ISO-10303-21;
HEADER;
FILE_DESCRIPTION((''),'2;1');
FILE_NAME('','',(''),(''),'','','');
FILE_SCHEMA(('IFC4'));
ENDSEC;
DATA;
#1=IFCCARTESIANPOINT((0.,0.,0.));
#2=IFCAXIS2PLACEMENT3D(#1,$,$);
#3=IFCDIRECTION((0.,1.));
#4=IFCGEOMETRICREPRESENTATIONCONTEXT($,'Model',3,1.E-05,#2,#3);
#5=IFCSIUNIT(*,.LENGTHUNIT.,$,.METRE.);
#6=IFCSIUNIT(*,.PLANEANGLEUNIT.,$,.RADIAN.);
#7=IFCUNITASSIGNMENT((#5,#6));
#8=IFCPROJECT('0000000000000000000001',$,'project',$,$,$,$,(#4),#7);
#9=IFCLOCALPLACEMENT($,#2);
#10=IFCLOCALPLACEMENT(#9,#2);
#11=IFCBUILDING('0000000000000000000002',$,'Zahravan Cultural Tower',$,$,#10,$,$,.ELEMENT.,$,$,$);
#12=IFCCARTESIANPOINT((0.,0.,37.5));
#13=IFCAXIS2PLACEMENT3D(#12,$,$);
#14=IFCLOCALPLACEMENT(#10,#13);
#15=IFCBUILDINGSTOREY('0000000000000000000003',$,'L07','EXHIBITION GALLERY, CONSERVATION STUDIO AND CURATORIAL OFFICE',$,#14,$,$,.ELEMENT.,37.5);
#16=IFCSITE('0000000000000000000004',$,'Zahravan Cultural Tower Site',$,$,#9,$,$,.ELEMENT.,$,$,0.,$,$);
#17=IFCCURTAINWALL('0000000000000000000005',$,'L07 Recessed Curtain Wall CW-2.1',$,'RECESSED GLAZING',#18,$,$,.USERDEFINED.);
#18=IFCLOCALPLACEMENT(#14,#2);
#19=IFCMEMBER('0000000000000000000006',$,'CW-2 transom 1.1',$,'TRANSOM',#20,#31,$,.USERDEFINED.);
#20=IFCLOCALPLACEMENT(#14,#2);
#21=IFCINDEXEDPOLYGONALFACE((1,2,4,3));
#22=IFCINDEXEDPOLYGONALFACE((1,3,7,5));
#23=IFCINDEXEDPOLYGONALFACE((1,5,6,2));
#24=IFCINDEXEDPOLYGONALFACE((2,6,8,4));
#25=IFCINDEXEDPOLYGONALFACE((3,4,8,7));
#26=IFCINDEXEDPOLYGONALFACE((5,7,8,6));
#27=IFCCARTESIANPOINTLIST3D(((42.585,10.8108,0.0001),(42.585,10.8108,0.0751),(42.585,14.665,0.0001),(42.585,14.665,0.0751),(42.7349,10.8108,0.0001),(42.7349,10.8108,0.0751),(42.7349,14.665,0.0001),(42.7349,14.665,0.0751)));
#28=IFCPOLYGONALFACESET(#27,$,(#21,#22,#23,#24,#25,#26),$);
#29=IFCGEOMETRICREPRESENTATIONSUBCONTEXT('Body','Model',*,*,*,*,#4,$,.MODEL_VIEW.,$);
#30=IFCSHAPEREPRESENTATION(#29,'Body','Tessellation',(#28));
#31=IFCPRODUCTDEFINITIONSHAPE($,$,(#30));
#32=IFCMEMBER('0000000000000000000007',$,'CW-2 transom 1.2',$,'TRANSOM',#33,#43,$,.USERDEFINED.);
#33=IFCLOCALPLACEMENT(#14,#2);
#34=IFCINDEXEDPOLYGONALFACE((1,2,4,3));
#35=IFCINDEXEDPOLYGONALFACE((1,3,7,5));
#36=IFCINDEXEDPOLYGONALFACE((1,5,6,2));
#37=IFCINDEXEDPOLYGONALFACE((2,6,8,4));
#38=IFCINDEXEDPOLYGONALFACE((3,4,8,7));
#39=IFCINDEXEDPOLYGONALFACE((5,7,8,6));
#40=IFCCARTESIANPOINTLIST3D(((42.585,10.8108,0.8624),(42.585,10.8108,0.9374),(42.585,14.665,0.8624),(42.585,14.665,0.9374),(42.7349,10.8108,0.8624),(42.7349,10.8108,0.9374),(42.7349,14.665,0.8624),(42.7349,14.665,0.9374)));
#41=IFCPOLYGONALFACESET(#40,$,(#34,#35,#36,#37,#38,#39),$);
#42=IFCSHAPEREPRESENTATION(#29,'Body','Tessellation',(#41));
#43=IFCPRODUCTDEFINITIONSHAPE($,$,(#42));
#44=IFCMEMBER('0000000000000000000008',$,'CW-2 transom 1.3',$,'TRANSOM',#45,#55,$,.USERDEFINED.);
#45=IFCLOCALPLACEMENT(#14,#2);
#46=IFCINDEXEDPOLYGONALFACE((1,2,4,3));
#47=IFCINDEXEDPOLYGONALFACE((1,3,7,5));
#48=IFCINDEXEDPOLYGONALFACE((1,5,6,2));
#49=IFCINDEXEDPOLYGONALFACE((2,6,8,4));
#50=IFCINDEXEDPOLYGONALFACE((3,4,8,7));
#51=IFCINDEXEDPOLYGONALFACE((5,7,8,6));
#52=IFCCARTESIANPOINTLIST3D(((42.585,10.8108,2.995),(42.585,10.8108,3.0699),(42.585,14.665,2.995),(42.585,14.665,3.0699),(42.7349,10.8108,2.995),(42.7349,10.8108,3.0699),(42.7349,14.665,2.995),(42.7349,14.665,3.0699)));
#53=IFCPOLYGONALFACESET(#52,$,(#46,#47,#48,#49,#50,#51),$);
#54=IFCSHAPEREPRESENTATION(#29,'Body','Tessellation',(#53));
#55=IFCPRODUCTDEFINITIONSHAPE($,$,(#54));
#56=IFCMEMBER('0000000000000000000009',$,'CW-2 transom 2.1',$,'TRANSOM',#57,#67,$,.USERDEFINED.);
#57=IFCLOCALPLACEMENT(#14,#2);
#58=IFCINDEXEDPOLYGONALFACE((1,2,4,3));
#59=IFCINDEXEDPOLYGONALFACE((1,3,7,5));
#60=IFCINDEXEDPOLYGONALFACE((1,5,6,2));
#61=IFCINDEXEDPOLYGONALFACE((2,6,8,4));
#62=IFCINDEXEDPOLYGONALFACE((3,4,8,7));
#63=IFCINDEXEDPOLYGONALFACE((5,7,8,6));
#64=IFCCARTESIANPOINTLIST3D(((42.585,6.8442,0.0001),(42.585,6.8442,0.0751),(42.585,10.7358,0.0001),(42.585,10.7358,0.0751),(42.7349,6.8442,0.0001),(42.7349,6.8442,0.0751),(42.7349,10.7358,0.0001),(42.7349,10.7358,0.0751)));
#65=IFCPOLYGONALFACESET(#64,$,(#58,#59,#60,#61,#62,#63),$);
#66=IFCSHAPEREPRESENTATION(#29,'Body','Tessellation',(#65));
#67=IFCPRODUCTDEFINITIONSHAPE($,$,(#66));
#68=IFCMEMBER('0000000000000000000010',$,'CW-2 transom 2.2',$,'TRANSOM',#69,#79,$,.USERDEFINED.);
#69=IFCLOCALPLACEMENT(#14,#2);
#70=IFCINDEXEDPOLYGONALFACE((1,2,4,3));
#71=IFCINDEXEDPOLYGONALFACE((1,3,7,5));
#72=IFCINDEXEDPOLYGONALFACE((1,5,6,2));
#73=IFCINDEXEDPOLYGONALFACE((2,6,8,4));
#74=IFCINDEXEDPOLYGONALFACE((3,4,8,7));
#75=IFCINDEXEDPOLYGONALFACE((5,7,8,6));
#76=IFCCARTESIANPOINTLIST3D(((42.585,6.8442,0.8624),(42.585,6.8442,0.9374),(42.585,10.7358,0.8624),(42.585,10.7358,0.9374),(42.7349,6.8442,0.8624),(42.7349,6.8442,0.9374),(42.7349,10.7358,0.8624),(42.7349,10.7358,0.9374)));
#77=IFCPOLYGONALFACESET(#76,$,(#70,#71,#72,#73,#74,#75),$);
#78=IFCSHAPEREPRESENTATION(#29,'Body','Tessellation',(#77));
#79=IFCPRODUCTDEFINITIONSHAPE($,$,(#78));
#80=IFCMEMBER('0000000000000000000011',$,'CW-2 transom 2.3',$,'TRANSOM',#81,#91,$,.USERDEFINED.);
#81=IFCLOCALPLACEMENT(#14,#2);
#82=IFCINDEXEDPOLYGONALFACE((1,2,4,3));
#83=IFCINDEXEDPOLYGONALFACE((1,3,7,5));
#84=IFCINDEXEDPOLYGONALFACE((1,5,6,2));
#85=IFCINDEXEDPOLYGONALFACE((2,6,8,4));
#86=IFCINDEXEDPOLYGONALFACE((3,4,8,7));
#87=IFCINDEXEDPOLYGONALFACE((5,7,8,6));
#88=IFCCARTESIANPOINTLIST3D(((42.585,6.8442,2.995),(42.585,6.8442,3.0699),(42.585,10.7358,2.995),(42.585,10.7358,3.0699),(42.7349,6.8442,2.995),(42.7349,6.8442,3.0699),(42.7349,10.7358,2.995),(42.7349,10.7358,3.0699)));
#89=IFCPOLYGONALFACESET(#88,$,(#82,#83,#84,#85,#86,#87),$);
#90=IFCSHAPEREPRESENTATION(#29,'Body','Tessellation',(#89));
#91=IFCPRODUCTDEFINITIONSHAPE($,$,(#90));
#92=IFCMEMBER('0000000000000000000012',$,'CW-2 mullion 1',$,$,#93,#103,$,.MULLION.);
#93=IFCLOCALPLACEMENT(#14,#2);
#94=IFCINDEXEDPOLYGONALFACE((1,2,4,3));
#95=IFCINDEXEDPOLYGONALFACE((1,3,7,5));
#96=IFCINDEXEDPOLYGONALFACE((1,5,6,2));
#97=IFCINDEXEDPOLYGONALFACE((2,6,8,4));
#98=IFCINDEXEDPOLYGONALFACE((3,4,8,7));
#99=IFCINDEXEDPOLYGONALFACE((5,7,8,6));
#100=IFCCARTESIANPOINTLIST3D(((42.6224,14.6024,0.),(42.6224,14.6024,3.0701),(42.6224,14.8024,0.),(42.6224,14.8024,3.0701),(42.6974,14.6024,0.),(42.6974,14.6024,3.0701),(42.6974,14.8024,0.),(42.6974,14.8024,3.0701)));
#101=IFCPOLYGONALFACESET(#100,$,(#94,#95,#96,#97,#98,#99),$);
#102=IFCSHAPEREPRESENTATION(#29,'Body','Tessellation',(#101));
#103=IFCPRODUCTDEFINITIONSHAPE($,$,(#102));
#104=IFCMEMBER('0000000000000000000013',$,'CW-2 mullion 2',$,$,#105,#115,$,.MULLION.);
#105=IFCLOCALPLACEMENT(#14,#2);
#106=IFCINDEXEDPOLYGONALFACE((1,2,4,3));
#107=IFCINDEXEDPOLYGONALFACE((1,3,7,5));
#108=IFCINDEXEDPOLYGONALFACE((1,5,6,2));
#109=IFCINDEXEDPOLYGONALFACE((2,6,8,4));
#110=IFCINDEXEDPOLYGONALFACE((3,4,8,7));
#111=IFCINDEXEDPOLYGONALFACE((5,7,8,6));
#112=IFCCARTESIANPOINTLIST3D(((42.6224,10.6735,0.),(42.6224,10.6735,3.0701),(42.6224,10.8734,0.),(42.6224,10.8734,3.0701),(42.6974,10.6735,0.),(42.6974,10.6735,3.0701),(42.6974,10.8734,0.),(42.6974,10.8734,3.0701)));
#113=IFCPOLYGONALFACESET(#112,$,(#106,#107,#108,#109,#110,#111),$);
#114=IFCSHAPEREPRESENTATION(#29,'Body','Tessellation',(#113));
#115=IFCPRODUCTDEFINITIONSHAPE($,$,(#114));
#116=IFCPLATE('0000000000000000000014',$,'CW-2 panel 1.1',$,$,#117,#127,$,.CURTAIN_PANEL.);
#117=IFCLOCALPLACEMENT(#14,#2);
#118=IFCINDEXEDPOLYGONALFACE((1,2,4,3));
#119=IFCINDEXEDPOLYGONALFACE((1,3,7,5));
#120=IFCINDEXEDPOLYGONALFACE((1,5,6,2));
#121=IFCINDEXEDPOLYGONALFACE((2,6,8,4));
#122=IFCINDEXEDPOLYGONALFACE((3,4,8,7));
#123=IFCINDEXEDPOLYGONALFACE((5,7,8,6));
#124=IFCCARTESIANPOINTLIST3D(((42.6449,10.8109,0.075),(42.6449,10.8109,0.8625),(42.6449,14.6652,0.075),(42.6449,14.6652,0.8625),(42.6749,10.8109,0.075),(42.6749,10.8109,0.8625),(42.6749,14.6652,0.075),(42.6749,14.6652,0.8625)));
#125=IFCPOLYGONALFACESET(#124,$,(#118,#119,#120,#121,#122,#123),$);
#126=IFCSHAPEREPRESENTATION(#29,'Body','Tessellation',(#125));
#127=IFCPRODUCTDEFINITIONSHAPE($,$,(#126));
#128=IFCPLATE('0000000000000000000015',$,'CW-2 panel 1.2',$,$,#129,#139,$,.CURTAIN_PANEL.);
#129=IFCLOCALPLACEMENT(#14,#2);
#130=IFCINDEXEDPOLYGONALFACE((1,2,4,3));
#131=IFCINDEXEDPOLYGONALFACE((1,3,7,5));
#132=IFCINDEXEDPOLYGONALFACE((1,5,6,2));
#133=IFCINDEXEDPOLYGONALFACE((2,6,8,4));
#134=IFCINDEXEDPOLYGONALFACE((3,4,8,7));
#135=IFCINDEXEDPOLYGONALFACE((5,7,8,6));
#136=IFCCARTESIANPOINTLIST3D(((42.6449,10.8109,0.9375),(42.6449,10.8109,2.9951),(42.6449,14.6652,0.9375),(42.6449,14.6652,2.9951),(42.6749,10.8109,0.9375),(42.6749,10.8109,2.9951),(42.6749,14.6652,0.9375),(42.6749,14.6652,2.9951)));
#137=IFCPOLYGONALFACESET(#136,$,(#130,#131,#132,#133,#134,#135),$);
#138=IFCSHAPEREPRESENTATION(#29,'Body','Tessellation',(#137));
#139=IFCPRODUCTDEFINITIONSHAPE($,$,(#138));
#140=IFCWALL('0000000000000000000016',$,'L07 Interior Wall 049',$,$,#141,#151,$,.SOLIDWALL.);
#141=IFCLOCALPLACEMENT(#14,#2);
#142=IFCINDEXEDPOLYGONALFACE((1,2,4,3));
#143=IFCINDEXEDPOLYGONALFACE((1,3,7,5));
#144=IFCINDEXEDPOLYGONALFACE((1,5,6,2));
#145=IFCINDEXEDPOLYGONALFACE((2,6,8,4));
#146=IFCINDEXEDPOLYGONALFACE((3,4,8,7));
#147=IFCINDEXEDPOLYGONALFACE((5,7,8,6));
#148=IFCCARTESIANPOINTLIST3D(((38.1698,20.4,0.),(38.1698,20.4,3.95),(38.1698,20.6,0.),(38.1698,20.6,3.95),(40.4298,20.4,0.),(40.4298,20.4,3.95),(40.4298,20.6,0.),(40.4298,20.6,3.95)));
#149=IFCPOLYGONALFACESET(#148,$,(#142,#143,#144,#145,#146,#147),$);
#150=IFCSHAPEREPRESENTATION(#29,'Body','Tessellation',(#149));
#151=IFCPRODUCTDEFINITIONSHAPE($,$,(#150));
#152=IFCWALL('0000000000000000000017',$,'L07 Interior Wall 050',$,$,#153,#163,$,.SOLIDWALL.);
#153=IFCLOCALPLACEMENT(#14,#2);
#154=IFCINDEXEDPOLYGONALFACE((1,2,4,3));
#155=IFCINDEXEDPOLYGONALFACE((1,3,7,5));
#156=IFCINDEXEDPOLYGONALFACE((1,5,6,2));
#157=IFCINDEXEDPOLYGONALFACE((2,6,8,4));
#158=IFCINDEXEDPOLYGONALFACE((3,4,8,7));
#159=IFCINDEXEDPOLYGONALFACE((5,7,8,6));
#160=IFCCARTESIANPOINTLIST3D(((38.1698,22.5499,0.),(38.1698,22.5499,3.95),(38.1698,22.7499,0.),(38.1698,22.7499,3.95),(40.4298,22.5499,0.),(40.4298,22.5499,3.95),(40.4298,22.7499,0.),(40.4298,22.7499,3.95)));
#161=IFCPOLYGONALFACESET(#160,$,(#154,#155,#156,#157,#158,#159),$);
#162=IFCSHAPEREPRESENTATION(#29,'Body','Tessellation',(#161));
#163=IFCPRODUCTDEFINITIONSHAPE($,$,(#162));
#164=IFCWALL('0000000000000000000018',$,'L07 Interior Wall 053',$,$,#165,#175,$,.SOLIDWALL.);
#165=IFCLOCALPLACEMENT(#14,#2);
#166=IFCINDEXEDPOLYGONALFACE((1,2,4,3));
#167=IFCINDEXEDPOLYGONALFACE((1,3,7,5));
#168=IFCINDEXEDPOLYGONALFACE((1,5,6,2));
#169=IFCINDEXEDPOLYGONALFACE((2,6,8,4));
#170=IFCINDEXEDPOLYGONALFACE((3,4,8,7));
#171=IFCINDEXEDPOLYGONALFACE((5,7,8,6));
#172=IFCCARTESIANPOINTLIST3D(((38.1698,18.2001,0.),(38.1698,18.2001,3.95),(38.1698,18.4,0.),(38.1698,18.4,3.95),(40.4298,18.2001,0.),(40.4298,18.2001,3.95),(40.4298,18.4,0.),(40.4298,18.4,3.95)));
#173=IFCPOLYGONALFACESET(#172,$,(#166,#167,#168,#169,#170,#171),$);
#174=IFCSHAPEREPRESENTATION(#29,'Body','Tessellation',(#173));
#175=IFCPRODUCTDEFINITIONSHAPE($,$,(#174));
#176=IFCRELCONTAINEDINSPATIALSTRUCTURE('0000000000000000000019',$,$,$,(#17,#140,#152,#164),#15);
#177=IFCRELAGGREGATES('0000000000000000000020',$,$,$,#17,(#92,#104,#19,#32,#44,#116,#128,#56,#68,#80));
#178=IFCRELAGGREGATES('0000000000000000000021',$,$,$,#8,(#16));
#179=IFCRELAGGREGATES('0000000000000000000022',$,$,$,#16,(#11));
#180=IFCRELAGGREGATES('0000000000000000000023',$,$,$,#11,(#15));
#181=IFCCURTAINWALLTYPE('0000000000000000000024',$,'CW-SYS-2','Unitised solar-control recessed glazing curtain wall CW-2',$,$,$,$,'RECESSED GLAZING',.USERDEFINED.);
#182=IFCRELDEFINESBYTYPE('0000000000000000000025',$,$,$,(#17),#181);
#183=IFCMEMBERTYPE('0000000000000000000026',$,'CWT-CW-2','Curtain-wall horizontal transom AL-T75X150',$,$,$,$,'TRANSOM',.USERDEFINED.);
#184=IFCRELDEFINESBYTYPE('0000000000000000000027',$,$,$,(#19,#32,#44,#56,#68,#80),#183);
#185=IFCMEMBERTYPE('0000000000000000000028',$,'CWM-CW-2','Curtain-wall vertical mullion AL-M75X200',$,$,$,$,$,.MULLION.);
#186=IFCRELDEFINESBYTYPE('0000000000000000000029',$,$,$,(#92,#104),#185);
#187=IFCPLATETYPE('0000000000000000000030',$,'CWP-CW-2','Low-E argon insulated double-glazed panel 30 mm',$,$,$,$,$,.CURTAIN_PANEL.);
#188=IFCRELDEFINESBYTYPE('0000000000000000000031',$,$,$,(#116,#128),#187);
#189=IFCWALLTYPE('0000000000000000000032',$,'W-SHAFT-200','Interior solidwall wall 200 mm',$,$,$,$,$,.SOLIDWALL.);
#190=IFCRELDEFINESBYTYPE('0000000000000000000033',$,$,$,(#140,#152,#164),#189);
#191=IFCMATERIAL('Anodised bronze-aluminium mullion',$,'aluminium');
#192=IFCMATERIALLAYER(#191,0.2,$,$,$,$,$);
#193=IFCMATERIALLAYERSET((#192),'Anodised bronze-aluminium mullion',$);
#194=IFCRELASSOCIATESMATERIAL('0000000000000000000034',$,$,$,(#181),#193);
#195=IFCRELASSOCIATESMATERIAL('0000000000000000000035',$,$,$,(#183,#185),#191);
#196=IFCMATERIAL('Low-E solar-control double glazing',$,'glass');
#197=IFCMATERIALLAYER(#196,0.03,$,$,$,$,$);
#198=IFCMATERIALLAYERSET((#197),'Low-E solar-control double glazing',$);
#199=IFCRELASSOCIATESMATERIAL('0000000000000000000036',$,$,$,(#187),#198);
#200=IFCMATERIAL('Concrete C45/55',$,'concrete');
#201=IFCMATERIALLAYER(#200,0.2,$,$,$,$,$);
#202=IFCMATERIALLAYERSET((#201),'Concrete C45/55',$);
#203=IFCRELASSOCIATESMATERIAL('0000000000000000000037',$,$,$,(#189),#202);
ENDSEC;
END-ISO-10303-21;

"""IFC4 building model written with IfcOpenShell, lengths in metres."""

from ifc_helpers import new_model, si_unit, direction, frame, frame_2d, origin, origin_2d, place, context, subcontext, project, spatial, rectangle, extrude, source, transform, mapped, material, layer, layer_set, material_profile, profile_set, type_object, element, aggregate, save


model = new_model("IFC4")

# Units and contexts
model_context = context("Model", 3, precision=1e-05, world=origin(), true_north=direction((0.0, 1.0)))
body_context = subcontext(model_context, "Body", "Model", "MODEL_VIEW")
ifc_project = project(units=[si_unit("LENGTHUNIT", "METRE"), si_unit("PLANEANGLEUNIT", "RADIAN")], contexts=[model_context])

# Site, building, storey
site_placement = place(None, origin())
site = spatial("IfcSite", under=ifc_project, at=site_placement, Name="Zahravan Cultural Tower Site", CompositionType="ELEMENT", RefElevation=0.0)
building_placement = place(site_placement, origin())
building = spatial("IfcBuilding", under=site, at=building_placement, Name="Zahravan Cultural Tower", CompositionType="ELEMENT")
storey_placement = place(building_placement, frame((0.0, 0.0, 37.5)))
storey = spatial("IfcBuildingStorey", under=building, at=storey_placement, Name="L07", Description="EXHIBITION GALLERY, CONSERVATION STUDIO AND CURATORIAL OFFICE", CompositionType="ELEMENT", Elevation=37.5)

# Curtain wall, members, plates
ifc_material_1 = material(Name="Anodised bronze-aluminium mullion", Category="aluminium")
ifc_layer_1 = layer(ifc_material_1, 0.2)
ifc_layer_set_1 = layer_set([ifc_layer_1], Name="Anodised bronze-aluminium mullion")
curtain_wall_type = type_object("IfcCurtainWallType", Name="CW-SYS-2", Description="Unitised solar-control recessed glazing curtain wall CW-2", ElementType="RECESSED GLAZING", PredefinedType="USERDEFINED", material=ifc_layer_set_1)
curtain_wall_placement = place(storey_placement, origin())
curtain_wall = element("IfcCurtainWall", 1, at=curtain_wall_placement, inside=storey, type_object=curtain_wall_type, Name="L07 Recessed Curtain Wall CW-2.1", ObjectType="RECESSED GLAZING", PredefinedType="USERDEFINED")
ifc_material_profile_1 = material_profile(ifc_material_1, rectangle(XDim=0.1499, YDim=0.075, at=origin_2d()), Name="AL-T75X150")
ifc_profile_set_1 = profile_set([ifc_material_profile_1], Name="Anodised bronze-aluminium mullion")
member_type_1 = type_object("IfcMemberType", Name="CWT-CW-2", Description="Curtain-wall horizontal transom AL-T75X150", ElementType="TRANSOM", PredefinedType="USERDEFINED", material=ifc_profile_set_1)
shared_shape_1 = source(origin(), body_context, "Body", "SweptSolid", [
    extrude(rectangle(XDim=0.1499, YDim=0.075, at=origin_2d()), origin(), (0.0, 0.0, 1.0), 3.8542),
])
member_1_placement = place(storey_placement, frame((42.6599, 14.665, 0.0376), z_axis=(0.0, -1.0, 0.0), x_axis=(1.0, 0.0, 0.0)))
member_1 = element("IfcMember", 2, at=member_1_placement, type_object=member_type_1, Name="CW-2 transom 1.1", ObjectType="TRANSOM", PredefinedType="USERDEFINED", context=body_context, shape_type="MappedRepresentation", body=[
    mapped(shared_shape_1, transform((0.0, 0.0, 0.0), x_axis=(1.0, 0.0, 0.0), y_axis=(0.0, 1.0, 0.0), z_axis=(0.0, 0.0, 1.0), scale=1.0)),
])
member_2_placement = place(storey_placement, frame((42.6599, 14.665, 0.8999), z_axis=(0.0, -1.0, 0.0), x_axis=(1.0, 0.0, 0.0)))
member_2 = element("IfcMember", 3, at=member_2_placement, type_object=member_type_1, Name="CW-2 transom 1.2", ObjectType="TRANSOM", PredefinedType="USERDEFINED", context=body_context, shape_type="MappedRepresentation", body=[
    mapped(shared_shape_1, transform((0.0, 0.0, 0.0), x_axis=(1.0, 0.0, 0.0), y_axis=(0.0, 1.0, 0.0), z_axis=(0.0, 0.0, 1.0), scale=1.0)),
])
member_3_placement = place(storey_placement, frame((42.6599, 14.665, 3.0325), z_axis=(0.0, -1.0, 0.0), x_axis=(1.0, 0.0, 0.0)))
member_3 = element("IfcMember", 4, at=member_3_placement, type_object=member_type_1, Name="CW-2 transom 1.3", ObjectType="TRANSOM", PredefinedType="USERDEFINED", context=body_context, shape_type="MappedRepresentation", body=[
    mapped(shared_shape_1, transform((0.0, 0.0, 0.0), x_axis=(1.0, 0.0, 0.0), y_axis=(0.0, 1.0, 0.0), z_axis=(0.0, 0.0, 1.0), scale=1.0)),
])
shared_shape_2 = source(origin(), body_context, "Body", "SweptSolid", [
    extrude(rectangle(XDim=0.1499, YDim=0.075, at=origin_2d()), origin(), (0.0, 0.0, 1.0), 3.8916),
])
member_4_placement = place(storey_placement, frame((42.6599, 10.7358, 0.0376), z_axis=(0.0, -1.0, 0.0), x_axis=(1.0, 0.0, 0.0)))
member_4 = element("IfcMember", 5, at=member_4_placement, type_object=member_type_1, Name="CW-2 transom 2.1", ObjectType="TRANSOM", PredefinedType="USERDEFINED", context=body_context, shape_type="MappedRepresentation", body=[
    mapped(shared_shape_2, transform((0.0, 0.0, 0.0), x_axis=(1.0, 0.0, 0.0), y_axis=(0.0, 1.0, 0.0), z_axis=(0.0, 0.0, 1.0), scale=1.0)),
])
member_5_placement = place(storey_placement, frame((42.6599, 10.7358, 0.8999), z_axis=(0.0, -1.0, 0.0), x_axis=(1.0, 0.0, 0.0)))
member_5 = element("IfcMember", 6, at=member_5_placement, type_object=member_type_1, Name="CW-2 transom 2.2", ObjectType="TRANSOM", PredefinedType="USERDEFINED", context=body_context, shape_type="MappedRepresentation", body=[
    mapped(shared_shape_2, transform((0.0, 0.0, 0.0), x_axis=(1.0, 0.0, 0.0), y_axis=(0.0, 1.0, 0.0), z_axis=(0.0, 0.0, 1.0), scale=1.0)),
])
member_6_placement = place(storey_placement, frame((42.6599, 10.7358, 3.0325), z_axis=(0.0, -1.0, 0.0), x_axis=(1.0, 0.0, 0.0)))
member_6 = element("IfcMember", 7, at=member_6_placement, type_object=member_type_1, Name="CW-2 transom 2.3", ObjectType="TRANSOM", PredefinedType="USERDEFINED", context=body_context, shape_type="MappedRepresentation", body=[
    mapped(shared_shape_2, transform((0.0, 0.0, 0.0), x_axis=(1.0, 0.0, 0.0), y_axis=(0.0, 1.0, 0.0), z_axis=(0.0, 0.0, 1.0), scale=1.0)),
])
ifc_material_profile_2 = material_profile(ifc_material_1, rectangle(XDim=0.075, YDim=0.2, at=origin_2d()), Name="AL-M75X200")
ifc_profile_set_2 = profile_set([ifc_material_profile_2], Name="Anodised bronze-aluminium mullion")
member_type_2 = type_object("IfcMemberType", Name="CWM-CW-2", Description="Curtain-wall vertical mullion AL-M75X200", PredefinedType="MULLION", material=ifc_profile_set_2)
shared_shape_3 = source(origin(), body_context, "Body", "SweptSolid", [
    extrude(rectangle(XDim=0.075, YDim=0.2, at=origin_2d()), origin(), (0.0, 0.0, 1.0), 3.0701),
])
member_7_placement = place(storey_placement, frame((42.6599, 14.7024, 0.0), z_axis=(0.0, 0.0, 1.0), x_axis=(1.0, 0.0, 0.0)))
member_7 = element("IfcMember", 8, at=member_7_placement, type_object=member_type_2, Name="CW-2 mullion 1", PredefinedType="MULLION", context=body_context, shape_type="MappedRepresentation", body=[
    mapped(shared_shape_3, transform((0.0, 0.0, 0.0), x_axis=(1.0, 0.0, 0.0), y_axis=(0.0, 1.0, 0.0), z_axis=(0.0, 0.0, 1.0), scale=1.0)),
])
member_8_placement = place(storey_placement, frame((42.6599, 10.7734, 0.0), z_axis=(0.0, 0.0, 1.0), x_axis=(1.0, 0.0, 0.0)))
member_8 = element("IfcMember", 9, at=member_8_placement, type_object=member_type_2, Name="CW-2 mullion 2", PredefinedType="MULLION", context=body_context, shape_type="MappedRepresentation", body=[
    mapped(shared_shape_3, transform((0.0, 0.0, 0.0), x_axis=(1.0, 0.0, 0.0), y_axis=(0.0, 1.0, 0.0), z_axis=(0.0, 0.0, 1.0), scale=1.0)),
])
ifc_material_2 = material(Name="Low-E solar-control double glazing", Category="glass")
ifc_layer_2 = layer(ifc_material_2, 0.03)
ifc_layer_set_2 = layer_set([ifc_layer_2], Name="Low-E solar-control double glazing")
plate_type = type_object("IfcPlateType", Name="CWP-CW-2", Description="Low-E argon insulated double-glazed panel 30 mm", PredefinedType="CURTAIN_PANEL", material=ifc_layer_set_2)
shared_shape_4 = source(origin(), body_context, "Body", "SweptSolid", [
    extrude(rectangle(XDim=3.8542, YDim=0.03, at=origin_2d()), origin(), (0.0, 0.0, 1.0), 0.7876),
])
plate_1_placement = place(storey_placement, frame((42.6599, 12.738, 0.075), z_axis=(0.0, 0.0, 1.0), x_axis=(0.0, -1.0, 0.0)))
plate_1 = element("IfcPlate", 10, at=plate_1_placement, type_object=plate_type, Name="CW-2 panel 1.1", PredefinedType="CURTAIN_PANEL", context=body_context, shape_type="MappedRepresentation", body=[
    mapped(shared_shape_4, transform((0.0, 0.0, 0.0), x_axis=(1.0, 0.0, 0.0), y_axis=(0.0, 1.0, 0.0), z_axis=(0.0, 0.0, 1.0), scale=1.0)),
])
shared_shape_5 = source(origin(), body_context, "Body", "SweptSolid", [
    extrude(rectangle(XDim=3.8542, YDim=0.03, at=origin_2d()), origin(), (0.0, 0.0, 1.0), 2.0576),
])
plate_2_placement = place(storey_placement, frame((42.6599, 12.738, 0.9375), z_axis=(0.0, 0.0, 1.0), x_axis=(0.0, -1.0, 0.0)))
plate_2 = element("IfcPlate", 11, at=plate_2_placement, type_object=plate_type, Name="CW-2 panel 1.2", PredefinedType="CURTAIN_PANEL", context=body_context, shape_type="MappedRepresentation", body=[
    mapped(shared_shape_5, transform((0.0, 0.0, 0.0), x_axis=(1.0, 0.0, 0.0), y_axis=(0.0, 1.0, 0.0), z_axis=(0.0, 0.0, 1.0), scale=1.0)),
])
aggregate(curtain_wall, [member_7, member_8, member_1, member_2, member_3, plate_1, plate_2, member_4, member_5, member_6])

# Shared definitions
ifc_material_3 = material(Name="Concrete C45/55", Category="concrete")
ifc_layer_3 = layer(ifc_material_3, 0.2)
ifc_layer_set_3 = layer_set([ifc_layer_3], Name="Concrete C45/55")
wall_type_1 = type_object("IfcWallType", Name="W-SHAFT-200", Description="Interior solidwall wall 200 mm", PredefinedType="SOLIDWALL", material=ifc_layer_set_3)

# Walls
shared_shape_6 = source(origin(), body_context, "Body", "SweptSolid", [
    extrude(rectangle(XDim=2.26, YDim=0.2, at=frame_2d((1.1299, 0.0))), origin(), (0.0, 0.0, 1.0), 3.95),
])
for number, where, z_axis, x_axis, name in (
    (12, (38.1699, 20.5, 0.0), (0.0, 0.0, 1.0), (1.0, 0.0, 0.0), "L07 Interior Wall 049"),
    (13, (38.1699, 22.6499, 0.0), (0.0, 0.0, 1.0), (1.0, 0.0, 0.0), "L07 Interior Wall 050"),
    (14, (38.1699, 18.3, 0.0), (0.0, 0.0, 1.0), (1.0, 0.0, 0.0), "L07 Interior Wall 053"),
):
    element("IfcWall", number, at=place(storey_placement, frame(where, z_axis=z_axis, x_axis=x_axis)), inside=storey, type_object=wall_type_1, Name=name, PredefinedType="SOLIDWALL", context=body_context, shape_type="MappedRepresentation", body=[
        mapped(shared_shape_6, transform((0.0, 0.0, 0.0), x_axis=(1.0, 0.0, 0.0), y_axis=(0.0, 1.0, 0.0), z_axis=(0.0, 0.0, 1.0), scale=1.0)),
    ])

save(model, "model.ifc")
